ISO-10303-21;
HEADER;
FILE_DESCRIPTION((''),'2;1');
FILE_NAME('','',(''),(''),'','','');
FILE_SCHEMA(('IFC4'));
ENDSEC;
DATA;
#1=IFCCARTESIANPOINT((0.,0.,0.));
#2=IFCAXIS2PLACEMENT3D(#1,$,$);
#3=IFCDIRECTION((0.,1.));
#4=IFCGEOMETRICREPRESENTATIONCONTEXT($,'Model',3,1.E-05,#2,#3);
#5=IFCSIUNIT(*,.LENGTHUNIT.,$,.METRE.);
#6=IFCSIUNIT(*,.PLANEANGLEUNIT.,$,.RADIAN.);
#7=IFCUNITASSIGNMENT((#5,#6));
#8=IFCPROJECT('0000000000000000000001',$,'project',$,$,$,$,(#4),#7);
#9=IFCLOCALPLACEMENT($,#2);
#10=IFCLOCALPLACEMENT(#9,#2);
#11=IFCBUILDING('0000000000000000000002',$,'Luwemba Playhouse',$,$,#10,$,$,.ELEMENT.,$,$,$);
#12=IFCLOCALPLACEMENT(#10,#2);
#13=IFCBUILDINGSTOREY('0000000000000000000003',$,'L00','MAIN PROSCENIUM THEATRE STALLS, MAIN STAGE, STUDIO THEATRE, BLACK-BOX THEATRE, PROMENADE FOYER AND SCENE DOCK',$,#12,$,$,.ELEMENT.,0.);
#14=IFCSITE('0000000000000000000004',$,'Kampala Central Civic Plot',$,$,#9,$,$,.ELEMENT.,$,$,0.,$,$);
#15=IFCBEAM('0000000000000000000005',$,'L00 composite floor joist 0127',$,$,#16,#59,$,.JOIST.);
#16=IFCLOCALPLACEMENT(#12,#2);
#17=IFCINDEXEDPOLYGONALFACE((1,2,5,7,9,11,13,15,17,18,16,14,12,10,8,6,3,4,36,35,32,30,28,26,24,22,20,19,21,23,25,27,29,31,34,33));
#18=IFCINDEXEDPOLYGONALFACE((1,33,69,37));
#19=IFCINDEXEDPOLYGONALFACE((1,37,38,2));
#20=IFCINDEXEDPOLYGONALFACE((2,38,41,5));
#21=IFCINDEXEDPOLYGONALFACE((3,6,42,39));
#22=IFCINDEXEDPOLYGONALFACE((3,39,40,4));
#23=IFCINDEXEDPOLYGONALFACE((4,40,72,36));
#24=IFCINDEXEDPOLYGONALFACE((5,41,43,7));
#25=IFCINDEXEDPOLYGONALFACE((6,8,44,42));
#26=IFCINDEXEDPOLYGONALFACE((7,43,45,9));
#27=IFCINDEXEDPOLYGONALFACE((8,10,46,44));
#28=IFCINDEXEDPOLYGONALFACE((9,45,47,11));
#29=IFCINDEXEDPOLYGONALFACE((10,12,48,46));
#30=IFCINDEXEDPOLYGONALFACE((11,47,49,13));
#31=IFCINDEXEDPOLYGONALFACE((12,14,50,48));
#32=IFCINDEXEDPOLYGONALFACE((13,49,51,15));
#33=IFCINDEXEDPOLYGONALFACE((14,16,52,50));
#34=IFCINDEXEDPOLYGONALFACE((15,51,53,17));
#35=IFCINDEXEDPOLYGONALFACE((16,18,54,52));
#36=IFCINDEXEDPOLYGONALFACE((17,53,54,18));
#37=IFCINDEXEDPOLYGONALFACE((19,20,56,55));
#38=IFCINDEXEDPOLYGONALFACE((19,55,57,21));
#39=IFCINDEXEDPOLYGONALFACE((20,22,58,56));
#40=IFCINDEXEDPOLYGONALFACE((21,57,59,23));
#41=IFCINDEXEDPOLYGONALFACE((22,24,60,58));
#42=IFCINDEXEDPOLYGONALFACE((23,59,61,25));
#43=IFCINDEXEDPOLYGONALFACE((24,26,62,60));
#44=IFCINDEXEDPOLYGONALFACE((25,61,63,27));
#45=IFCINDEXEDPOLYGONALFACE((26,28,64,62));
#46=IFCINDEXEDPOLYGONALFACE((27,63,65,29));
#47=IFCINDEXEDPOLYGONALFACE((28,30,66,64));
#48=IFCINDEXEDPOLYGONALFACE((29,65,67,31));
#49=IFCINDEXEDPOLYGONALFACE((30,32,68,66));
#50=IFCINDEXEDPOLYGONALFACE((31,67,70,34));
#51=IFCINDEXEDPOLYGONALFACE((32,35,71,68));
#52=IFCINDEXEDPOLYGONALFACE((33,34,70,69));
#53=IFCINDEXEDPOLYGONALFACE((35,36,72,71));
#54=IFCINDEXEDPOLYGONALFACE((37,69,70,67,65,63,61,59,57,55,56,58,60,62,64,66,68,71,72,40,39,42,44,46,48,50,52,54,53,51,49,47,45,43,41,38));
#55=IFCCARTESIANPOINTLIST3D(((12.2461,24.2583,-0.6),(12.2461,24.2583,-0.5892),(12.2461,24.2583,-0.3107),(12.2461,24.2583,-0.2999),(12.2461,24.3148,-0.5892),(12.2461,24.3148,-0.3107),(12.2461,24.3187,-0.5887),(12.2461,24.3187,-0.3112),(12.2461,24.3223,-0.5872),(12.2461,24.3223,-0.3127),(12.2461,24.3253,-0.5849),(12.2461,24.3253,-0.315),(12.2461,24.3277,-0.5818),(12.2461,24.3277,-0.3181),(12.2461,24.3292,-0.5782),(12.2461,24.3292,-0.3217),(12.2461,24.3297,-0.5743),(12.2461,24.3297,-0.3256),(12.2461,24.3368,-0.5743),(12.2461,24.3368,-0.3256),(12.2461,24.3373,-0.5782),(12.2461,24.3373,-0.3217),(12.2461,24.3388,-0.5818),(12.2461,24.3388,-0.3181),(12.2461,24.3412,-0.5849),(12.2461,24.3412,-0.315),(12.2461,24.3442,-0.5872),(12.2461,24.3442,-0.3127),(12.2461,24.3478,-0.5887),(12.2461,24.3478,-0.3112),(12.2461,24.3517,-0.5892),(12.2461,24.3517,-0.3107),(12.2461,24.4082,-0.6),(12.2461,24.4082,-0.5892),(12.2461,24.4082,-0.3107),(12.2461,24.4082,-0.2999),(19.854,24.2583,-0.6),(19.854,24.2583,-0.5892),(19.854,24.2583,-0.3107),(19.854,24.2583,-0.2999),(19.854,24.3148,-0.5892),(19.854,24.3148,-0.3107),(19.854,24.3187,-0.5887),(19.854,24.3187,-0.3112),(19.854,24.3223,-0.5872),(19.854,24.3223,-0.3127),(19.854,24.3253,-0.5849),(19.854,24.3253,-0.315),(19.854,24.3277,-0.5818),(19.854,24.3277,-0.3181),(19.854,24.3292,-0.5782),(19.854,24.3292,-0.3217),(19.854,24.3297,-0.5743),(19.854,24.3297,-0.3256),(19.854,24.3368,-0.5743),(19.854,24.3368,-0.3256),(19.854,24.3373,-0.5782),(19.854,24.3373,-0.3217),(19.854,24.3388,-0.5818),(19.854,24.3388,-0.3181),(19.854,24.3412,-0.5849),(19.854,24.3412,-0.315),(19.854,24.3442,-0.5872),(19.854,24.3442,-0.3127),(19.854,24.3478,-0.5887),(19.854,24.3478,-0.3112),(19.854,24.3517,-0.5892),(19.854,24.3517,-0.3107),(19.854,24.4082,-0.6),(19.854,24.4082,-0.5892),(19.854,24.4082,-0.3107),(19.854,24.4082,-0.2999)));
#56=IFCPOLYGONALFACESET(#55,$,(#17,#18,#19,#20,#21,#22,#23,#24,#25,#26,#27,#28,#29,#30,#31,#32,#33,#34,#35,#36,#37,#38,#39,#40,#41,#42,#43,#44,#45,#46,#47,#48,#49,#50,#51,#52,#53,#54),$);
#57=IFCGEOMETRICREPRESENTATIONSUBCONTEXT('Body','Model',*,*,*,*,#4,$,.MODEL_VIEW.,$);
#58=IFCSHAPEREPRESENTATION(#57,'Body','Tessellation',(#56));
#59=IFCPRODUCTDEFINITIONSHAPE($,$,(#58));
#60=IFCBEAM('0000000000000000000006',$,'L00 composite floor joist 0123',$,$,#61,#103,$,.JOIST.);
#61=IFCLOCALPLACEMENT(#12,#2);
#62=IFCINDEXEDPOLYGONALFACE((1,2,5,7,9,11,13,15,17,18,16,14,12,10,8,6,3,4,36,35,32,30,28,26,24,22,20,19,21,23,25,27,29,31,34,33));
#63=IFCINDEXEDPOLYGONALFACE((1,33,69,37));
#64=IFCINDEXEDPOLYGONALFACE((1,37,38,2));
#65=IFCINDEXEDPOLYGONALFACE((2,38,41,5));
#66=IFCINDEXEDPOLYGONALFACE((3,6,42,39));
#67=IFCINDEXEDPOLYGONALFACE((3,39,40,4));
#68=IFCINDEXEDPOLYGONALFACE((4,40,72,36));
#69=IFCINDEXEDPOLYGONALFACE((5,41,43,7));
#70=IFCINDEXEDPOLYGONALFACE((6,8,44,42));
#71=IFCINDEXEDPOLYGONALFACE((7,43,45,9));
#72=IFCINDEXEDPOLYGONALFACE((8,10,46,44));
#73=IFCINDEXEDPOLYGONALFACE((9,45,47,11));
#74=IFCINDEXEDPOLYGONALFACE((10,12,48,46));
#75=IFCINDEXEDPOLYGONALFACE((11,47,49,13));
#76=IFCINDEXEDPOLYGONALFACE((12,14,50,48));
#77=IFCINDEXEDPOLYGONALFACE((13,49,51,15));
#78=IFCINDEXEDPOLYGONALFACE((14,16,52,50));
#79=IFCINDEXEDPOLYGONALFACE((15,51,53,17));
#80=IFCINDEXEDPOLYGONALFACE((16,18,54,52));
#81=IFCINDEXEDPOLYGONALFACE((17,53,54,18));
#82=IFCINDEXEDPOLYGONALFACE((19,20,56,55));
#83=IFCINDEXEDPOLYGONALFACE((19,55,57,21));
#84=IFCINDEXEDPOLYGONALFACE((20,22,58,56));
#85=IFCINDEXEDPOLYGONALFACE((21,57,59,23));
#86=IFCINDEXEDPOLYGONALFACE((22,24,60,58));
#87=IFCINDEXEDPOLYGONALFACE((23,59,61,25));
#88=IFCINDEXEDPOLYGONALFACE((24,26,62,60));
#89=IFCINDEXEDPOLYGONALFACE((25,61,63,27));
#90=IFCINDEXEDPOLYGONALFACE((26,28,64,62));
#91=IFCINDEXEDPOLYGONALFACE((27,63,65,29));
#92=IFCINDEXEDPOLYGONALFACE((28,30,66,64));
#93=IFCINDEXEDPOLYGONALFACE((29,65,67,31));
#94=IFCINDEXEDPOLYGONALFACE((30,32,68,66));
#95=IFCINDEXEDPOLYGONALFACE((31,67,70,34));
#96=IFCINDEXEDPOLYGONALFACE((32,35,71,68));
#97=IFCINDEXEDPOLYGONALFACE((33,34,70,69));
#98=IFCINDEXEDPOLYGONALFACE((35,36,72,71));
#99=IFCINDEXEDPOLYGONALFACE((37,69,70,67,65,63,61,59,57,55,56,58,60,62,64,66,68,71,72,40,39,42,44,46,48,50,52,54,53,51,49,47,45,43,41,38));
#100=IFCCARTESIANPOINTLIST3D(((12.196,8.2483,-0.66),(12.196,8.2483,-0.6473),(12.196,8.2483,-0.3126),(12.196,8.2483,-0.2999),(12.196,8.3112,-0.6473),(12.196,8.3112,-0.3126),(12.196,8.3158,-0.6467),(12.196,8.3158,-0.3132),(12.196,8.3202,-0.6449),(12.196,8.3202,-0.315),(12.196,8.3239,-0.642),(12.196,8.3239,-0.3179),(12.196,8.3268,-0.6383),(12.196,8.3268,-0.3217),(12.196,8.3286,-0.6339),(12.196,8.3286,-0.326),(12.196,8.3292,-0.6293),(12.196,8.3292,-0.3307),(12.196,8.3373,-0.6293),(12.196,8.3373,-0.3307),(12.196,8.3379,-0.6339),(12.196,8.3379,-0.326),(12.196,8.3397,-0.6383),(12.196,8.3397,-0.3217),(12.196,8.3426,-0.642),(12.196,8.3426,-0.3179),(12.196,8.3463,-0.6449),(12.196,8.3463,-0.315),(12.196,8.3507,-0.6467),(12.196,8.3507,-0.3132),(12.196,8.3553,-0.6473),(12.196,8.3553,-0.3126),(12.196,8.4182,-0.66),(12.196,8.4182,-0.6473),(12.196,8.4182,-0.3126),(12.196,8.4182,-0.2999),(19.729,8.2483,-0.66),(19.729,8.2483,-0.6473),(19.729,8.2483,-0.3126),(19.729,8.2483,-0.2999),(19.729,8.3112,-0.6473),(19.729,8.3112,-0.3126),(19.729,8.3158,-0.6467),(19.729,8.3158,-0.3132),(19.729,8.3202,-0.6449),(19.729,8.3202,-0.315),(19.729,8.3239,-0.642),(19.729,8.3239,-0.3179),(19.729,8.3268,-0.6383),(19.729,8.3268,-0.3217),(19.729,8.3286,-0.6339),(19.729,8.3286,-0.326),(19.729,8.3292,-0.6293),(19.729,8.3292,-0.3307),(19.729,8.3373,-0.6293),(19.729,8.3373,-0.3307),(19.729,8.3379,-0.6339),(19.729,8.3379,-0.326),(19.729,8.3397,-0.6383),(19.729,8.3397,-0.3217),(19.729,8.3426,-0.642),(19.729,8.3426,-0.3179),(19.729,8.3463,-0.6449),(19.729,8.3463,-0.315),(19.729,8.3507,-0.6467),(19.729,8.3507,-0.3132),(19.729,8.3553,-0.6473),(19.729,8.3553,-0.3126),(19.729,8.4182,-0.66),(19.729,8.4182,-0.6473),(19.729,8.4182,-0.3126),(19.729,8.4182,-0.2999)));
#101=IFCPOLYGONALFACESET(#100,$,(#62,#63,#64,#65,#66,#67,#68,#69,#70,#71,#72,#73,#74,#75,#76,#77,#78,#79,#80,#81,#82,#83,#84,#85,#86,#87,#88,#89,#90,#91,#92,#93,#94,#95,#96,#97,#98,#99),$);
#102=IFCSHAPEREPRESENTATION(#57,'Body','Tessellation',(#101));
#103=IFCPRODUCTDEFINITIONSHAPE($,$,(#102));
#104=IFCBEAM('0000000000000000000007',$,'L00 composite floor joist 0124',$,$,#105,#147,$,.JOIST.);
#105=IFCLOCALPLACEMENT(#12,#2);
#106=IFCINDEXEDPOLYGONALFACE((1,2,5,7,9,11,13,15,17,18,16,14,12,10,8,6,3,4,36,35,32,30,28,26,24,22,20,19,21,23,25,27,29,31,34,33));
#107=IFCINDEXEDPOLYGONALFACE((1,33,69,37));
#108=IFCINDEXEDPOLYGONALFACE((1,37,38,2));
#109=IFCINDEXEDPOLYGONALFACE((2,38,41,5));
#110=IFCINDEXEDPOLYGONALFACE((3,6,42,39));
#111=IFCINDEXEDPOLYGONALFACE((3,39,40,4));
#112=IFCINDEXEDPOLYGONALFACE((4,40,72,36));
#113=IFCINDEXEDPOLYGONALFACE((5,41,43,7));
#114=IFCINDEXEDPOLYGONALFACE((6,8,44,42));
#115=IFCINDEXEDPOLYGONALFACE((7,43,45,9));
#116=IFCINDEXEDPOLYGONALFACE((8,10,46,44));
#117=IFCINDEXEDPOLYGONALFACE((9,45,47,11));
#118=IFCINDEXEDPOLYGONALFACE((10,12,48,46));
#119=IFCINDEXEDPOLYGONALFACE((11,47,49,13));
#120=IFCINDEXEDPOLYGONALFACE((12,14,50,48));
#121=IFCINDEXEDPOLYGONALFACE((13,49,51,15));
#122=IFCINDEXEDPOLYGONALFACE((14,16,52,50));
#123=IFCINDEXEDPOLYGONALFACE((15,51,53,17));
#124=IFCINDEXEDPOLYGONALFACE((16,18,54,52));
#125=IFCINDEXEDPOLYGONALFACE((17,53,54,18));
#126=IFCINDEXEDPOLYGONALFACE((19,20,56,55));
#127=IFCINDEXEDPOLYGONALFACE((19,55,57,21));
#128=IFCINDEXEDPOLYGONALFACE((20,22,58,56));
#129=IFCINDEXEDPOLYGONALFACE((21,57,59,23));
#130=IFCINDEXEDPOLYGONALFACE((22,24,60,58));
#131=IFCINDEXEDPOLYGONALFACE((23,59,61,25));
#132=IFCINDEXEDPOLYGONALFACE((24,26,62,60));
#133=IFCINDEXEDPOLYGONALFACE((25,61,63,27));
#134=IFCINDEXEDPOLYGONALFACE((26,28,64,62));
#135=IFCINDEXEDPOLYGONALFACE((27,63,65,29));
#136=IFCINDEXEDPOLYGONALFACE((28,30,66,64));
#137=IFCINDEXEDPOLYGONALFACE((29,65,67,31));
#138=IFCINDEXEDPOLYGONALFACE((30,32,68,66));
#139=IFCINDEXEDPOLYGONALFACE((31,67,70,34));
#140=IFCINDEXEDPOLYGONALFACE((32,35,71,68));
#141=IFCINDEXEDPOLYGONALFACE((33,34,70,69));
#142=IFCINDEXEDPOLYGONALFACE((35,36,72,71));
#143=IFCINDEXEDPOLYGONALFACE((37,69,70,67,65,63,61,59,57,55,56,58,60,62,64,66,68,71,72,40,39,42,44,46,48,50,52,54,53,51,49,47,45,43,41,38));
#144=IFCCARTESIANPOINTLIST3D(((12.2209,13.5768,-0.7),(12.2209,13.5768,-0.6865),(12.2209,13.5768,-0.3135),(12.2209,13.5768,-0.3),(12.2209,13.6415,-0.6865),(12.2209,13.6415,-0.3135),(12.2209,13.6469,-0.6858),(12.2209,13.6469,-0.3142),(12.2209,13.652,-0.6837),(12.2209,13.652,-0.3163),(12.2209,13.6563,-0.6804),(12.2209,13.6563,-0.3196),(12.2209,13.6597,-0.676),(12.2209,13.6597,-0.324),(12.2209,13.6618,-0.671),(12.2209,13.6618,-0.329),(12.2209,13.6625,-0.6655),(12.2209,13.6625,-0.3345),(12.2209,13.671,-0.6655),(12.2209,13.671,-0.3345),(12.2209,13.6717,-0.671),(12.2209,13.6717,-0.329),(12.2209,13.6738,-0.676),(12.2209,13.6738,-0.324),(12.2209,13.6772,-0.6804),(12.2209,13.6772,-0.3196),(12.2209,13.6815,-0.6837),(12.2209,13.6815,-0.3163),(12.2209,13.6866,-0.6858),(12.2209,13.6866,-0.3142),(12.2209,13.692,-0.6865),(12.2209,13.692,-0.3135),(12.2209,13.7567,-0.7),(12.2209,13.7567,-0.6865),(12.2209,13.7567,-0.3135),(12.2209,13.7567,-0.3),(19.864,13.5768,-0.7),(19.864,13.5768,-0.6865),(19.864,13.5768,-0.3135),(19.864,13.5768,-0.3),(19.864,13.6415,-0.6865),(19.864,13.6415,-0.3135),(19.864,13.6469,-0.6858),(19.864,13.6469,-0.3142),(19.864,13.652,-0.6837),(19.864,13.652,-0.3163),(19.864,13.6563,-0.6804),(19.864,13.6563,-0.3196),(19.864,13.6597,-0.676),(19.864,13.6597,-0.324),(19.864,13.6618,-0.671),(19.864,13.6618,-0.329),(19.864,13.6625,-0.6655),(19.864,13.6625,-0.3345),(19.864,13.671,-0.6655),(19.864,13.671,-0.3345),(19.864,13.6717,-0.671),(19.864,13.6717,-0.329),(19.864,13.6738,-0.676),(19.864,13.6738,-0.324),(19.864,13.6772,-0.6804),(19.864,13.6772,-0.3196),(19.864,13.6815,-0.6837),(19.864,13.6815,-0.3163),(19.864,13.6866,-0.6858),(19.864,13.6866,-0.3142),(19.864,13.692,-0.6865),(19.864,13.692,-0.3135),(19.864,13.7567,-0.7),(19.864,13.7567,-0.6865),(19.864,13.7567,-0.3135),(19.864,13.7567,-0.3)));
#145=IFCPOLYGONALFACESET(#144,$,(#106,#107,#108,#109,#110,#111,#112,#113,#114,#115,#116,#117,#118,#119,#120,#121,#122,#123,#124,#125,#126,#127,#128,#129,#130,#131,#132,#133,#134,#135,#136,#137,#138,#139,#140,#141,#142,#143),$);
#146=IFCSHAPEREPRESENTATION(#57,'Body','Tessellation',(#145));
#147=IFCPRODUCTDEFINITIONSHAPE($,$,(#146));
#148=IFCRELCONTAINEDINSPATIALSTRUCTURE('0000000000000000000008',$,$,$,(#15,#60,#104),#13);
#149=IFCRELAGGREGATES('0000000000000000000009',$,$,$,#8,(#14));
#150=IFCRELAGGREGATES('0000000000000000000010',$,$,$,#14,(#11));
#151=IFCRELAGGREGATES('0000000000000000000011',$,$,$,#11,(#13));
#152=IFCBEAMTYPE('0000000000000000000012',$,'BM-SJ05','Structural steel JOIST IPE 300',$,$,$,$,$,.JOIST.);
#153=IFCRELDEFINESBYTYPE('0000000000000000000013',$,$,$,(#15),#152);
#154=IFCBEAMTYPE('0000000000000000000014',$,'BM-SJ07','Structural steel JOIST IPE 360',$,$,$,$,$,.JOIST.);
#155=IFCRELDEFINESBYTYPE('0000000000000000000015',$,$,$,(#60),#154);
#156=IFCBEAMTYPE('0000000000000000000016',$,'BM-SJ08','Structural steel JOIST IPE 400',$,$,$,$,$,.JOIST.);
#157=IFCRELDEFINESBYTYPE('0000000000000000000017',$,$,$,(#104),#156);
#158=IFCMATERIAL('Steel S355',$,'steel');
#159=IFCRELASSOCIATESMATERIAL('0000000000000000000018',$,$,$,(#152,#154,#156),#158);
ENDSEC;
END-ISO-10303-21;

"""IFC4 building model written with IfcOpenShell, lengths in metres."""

from ifc_helpers import new_model, si_unit, direction, frame, origin, origin_2d, place, context, subcontext, project, spatial, i_section, extrude, material, material_profile, profile_set, type_object, element, save


model = new_model("IFC4")

# Units and contexts
model_context = context("Model", 3, precision=1e-05, world=origin(), true_north=direction((0.0, 1.0)))
body_context = subcontext(model_context, "Body", "Model", "MODEL_VIEW")
ifc_project = project(units=[si_unit("LENGTHUNIT", "METRE"), si_unit("PLANEANGLEUNIT", "RADIAN")], contexts=[model_context])

# Site, building, storey
site_placement = place(None, origin())
site = spatial("IfcSite", under=ifc_project, at=site_placement, Name="Kampala Central Civic Plot", CompositionType="ELEMENT", RefElevation=0.0)
building_placement = place(site_placement, origin())
building = spatial("IfcBuilding", under=site, at=building_placement, Name="Luwemba Playhouse", CompositionType="ELEMENT")
storey_placement = place(building_placement, origin())
storey = spatial("IfcBuildingStorey", under=building, at=storey_placement, Name="L00", Description="MAIN PROSCENIUM THEATRE STALLS, MAIN STAGE, STUDIO THEATRE, BLACK-BOX THEATRE, PROMENADE FOYER AND SCENE DOCK", CompositionType="ELEMENT", Elevation=0.0)

# Beams
ifc_material_1 = material(Name="Steel S355", Category="steel")
ifc_material_profile_1 = material_profile(ifc_material_1, i_section(OverallWidth=0.1499, OverallDepth=0.3, WebThickness=0.0071, FlangeThickness=0.0107, FilletRadius=0.0149, at=origin_2d()))
ifc_profile_set_1 = profile_set([ifc_material_profile_1], Name="Steel S355")
beam_type_1 = type_object("IfcBeamType", Name="BM-SJ05", Description="Structural steel JOIST IPE 300", PredefinedType="JOIST", material=ifc_profile_set_1)
beam_1_placement = place(storey_placement, frame((12.2461, 24.3333, -0.45), z_axis=(1.0, 0.0, 0.0), x_axis=(0.0, 1.0, 0.0)))
element("IfcBeam", 1, at=beam_1_placement, inside=storey, type_object=beam_type_1, Name="L00 composite floor joist 0127", PredefinedType="JOIST", context=body_context, shape_type="SweptSolid", body=[
    extrude(i_section(OverallWidth=0.1499, OverallDepth=0.3, WebThickness=0.0071, FlangeThickness=0.0107, FilletRadius=0.0149, at=origin_2d()), origin(), (0.0, 0.0, 1.0), 7.6079),
])
ifc_material_profile_2 = material_profile(ifc_material_1, i_section(OverallWidth=0.1699, OverallDepth=0.3601, WebThickness=0.0081, FlangeThickness=0.0127, FilletRadius=0.0181, at=origin_2d()))
ifc_profile_set_2 = profile_set([ifc_material_profile_2], Name="Steel S355")
beam_type_2 = type_object("IfcBeamType", Name="BM-SJ07", Description="Structural steel JOIST IPE 360", PredefinedType="JOIST", material=ifc_profile_set_2)
beam_2_placement = place(storey_placement, frame((12.196, 8.3333, -0.48), z_axis=(1.0, 0.0, 0.0), x_axis=(0.0, 1.0, 0.0)))
element("IfcBeam", 2, at=beam_2_placement, inside=storey, type_object=beam_type_2, Name="L00 composite floor joist 0123", PredefinedType="JOIST", context=body_context, shape_type="SweptSolid", body=[
    extrude(i_section(OverallWidth=0.1699, OverallDepth=0.3601, WebThickness=0.0081, FlangeThickness=0.0127, FilletRadius=0.0181, at=origin_2d()), origin(), (0.0, 0.0, 1.0), 7.533),
])
ifc_material_profile_3 = material_profile(ifc_material_1, i_section(OverallWidth=0.1799, OverallDepth=0.3999, WebThickness=0.0085, FlangeThickness=0.0134, FilletRadius=0.021, at=origin_2d()))
ifc_profile_set_3 = profile_set([ifc_material_profile_3], Name="Steel S355")
beam_type_3 = type_object("IfcBeamType", Name="BM-SJ08", Description="Structural steel JOIST IPE 400", PredefinedType="JOIST", material=ifc_profile_set_3)
beam_3_placement = place(storey_placement, frame((12.2209, 13.6667, -0.5), z_axis=(1.0, 0.0, 0.0), x_axis=(0.0, 1.0, 0.0)))
element("IfcBeam", 3, at=beam_3_placement, inside=storey, type_object=beam_type_3, Name="L00 composite floor joist 0124", PredefinedType="JOIST", context=body_context, shape_type="SweptSolid", body=[
    extrude(i_section(OverallWidth=0.1799, OverallDepth=0.3999, WebThickness=0.0085, FlangeThickness=0.0134, FilletRadius=0.021, at=origin_2d()), origin(), (0.0, 0.0, 1.0), 7.6431),
])

save(model, "model.ifc")
